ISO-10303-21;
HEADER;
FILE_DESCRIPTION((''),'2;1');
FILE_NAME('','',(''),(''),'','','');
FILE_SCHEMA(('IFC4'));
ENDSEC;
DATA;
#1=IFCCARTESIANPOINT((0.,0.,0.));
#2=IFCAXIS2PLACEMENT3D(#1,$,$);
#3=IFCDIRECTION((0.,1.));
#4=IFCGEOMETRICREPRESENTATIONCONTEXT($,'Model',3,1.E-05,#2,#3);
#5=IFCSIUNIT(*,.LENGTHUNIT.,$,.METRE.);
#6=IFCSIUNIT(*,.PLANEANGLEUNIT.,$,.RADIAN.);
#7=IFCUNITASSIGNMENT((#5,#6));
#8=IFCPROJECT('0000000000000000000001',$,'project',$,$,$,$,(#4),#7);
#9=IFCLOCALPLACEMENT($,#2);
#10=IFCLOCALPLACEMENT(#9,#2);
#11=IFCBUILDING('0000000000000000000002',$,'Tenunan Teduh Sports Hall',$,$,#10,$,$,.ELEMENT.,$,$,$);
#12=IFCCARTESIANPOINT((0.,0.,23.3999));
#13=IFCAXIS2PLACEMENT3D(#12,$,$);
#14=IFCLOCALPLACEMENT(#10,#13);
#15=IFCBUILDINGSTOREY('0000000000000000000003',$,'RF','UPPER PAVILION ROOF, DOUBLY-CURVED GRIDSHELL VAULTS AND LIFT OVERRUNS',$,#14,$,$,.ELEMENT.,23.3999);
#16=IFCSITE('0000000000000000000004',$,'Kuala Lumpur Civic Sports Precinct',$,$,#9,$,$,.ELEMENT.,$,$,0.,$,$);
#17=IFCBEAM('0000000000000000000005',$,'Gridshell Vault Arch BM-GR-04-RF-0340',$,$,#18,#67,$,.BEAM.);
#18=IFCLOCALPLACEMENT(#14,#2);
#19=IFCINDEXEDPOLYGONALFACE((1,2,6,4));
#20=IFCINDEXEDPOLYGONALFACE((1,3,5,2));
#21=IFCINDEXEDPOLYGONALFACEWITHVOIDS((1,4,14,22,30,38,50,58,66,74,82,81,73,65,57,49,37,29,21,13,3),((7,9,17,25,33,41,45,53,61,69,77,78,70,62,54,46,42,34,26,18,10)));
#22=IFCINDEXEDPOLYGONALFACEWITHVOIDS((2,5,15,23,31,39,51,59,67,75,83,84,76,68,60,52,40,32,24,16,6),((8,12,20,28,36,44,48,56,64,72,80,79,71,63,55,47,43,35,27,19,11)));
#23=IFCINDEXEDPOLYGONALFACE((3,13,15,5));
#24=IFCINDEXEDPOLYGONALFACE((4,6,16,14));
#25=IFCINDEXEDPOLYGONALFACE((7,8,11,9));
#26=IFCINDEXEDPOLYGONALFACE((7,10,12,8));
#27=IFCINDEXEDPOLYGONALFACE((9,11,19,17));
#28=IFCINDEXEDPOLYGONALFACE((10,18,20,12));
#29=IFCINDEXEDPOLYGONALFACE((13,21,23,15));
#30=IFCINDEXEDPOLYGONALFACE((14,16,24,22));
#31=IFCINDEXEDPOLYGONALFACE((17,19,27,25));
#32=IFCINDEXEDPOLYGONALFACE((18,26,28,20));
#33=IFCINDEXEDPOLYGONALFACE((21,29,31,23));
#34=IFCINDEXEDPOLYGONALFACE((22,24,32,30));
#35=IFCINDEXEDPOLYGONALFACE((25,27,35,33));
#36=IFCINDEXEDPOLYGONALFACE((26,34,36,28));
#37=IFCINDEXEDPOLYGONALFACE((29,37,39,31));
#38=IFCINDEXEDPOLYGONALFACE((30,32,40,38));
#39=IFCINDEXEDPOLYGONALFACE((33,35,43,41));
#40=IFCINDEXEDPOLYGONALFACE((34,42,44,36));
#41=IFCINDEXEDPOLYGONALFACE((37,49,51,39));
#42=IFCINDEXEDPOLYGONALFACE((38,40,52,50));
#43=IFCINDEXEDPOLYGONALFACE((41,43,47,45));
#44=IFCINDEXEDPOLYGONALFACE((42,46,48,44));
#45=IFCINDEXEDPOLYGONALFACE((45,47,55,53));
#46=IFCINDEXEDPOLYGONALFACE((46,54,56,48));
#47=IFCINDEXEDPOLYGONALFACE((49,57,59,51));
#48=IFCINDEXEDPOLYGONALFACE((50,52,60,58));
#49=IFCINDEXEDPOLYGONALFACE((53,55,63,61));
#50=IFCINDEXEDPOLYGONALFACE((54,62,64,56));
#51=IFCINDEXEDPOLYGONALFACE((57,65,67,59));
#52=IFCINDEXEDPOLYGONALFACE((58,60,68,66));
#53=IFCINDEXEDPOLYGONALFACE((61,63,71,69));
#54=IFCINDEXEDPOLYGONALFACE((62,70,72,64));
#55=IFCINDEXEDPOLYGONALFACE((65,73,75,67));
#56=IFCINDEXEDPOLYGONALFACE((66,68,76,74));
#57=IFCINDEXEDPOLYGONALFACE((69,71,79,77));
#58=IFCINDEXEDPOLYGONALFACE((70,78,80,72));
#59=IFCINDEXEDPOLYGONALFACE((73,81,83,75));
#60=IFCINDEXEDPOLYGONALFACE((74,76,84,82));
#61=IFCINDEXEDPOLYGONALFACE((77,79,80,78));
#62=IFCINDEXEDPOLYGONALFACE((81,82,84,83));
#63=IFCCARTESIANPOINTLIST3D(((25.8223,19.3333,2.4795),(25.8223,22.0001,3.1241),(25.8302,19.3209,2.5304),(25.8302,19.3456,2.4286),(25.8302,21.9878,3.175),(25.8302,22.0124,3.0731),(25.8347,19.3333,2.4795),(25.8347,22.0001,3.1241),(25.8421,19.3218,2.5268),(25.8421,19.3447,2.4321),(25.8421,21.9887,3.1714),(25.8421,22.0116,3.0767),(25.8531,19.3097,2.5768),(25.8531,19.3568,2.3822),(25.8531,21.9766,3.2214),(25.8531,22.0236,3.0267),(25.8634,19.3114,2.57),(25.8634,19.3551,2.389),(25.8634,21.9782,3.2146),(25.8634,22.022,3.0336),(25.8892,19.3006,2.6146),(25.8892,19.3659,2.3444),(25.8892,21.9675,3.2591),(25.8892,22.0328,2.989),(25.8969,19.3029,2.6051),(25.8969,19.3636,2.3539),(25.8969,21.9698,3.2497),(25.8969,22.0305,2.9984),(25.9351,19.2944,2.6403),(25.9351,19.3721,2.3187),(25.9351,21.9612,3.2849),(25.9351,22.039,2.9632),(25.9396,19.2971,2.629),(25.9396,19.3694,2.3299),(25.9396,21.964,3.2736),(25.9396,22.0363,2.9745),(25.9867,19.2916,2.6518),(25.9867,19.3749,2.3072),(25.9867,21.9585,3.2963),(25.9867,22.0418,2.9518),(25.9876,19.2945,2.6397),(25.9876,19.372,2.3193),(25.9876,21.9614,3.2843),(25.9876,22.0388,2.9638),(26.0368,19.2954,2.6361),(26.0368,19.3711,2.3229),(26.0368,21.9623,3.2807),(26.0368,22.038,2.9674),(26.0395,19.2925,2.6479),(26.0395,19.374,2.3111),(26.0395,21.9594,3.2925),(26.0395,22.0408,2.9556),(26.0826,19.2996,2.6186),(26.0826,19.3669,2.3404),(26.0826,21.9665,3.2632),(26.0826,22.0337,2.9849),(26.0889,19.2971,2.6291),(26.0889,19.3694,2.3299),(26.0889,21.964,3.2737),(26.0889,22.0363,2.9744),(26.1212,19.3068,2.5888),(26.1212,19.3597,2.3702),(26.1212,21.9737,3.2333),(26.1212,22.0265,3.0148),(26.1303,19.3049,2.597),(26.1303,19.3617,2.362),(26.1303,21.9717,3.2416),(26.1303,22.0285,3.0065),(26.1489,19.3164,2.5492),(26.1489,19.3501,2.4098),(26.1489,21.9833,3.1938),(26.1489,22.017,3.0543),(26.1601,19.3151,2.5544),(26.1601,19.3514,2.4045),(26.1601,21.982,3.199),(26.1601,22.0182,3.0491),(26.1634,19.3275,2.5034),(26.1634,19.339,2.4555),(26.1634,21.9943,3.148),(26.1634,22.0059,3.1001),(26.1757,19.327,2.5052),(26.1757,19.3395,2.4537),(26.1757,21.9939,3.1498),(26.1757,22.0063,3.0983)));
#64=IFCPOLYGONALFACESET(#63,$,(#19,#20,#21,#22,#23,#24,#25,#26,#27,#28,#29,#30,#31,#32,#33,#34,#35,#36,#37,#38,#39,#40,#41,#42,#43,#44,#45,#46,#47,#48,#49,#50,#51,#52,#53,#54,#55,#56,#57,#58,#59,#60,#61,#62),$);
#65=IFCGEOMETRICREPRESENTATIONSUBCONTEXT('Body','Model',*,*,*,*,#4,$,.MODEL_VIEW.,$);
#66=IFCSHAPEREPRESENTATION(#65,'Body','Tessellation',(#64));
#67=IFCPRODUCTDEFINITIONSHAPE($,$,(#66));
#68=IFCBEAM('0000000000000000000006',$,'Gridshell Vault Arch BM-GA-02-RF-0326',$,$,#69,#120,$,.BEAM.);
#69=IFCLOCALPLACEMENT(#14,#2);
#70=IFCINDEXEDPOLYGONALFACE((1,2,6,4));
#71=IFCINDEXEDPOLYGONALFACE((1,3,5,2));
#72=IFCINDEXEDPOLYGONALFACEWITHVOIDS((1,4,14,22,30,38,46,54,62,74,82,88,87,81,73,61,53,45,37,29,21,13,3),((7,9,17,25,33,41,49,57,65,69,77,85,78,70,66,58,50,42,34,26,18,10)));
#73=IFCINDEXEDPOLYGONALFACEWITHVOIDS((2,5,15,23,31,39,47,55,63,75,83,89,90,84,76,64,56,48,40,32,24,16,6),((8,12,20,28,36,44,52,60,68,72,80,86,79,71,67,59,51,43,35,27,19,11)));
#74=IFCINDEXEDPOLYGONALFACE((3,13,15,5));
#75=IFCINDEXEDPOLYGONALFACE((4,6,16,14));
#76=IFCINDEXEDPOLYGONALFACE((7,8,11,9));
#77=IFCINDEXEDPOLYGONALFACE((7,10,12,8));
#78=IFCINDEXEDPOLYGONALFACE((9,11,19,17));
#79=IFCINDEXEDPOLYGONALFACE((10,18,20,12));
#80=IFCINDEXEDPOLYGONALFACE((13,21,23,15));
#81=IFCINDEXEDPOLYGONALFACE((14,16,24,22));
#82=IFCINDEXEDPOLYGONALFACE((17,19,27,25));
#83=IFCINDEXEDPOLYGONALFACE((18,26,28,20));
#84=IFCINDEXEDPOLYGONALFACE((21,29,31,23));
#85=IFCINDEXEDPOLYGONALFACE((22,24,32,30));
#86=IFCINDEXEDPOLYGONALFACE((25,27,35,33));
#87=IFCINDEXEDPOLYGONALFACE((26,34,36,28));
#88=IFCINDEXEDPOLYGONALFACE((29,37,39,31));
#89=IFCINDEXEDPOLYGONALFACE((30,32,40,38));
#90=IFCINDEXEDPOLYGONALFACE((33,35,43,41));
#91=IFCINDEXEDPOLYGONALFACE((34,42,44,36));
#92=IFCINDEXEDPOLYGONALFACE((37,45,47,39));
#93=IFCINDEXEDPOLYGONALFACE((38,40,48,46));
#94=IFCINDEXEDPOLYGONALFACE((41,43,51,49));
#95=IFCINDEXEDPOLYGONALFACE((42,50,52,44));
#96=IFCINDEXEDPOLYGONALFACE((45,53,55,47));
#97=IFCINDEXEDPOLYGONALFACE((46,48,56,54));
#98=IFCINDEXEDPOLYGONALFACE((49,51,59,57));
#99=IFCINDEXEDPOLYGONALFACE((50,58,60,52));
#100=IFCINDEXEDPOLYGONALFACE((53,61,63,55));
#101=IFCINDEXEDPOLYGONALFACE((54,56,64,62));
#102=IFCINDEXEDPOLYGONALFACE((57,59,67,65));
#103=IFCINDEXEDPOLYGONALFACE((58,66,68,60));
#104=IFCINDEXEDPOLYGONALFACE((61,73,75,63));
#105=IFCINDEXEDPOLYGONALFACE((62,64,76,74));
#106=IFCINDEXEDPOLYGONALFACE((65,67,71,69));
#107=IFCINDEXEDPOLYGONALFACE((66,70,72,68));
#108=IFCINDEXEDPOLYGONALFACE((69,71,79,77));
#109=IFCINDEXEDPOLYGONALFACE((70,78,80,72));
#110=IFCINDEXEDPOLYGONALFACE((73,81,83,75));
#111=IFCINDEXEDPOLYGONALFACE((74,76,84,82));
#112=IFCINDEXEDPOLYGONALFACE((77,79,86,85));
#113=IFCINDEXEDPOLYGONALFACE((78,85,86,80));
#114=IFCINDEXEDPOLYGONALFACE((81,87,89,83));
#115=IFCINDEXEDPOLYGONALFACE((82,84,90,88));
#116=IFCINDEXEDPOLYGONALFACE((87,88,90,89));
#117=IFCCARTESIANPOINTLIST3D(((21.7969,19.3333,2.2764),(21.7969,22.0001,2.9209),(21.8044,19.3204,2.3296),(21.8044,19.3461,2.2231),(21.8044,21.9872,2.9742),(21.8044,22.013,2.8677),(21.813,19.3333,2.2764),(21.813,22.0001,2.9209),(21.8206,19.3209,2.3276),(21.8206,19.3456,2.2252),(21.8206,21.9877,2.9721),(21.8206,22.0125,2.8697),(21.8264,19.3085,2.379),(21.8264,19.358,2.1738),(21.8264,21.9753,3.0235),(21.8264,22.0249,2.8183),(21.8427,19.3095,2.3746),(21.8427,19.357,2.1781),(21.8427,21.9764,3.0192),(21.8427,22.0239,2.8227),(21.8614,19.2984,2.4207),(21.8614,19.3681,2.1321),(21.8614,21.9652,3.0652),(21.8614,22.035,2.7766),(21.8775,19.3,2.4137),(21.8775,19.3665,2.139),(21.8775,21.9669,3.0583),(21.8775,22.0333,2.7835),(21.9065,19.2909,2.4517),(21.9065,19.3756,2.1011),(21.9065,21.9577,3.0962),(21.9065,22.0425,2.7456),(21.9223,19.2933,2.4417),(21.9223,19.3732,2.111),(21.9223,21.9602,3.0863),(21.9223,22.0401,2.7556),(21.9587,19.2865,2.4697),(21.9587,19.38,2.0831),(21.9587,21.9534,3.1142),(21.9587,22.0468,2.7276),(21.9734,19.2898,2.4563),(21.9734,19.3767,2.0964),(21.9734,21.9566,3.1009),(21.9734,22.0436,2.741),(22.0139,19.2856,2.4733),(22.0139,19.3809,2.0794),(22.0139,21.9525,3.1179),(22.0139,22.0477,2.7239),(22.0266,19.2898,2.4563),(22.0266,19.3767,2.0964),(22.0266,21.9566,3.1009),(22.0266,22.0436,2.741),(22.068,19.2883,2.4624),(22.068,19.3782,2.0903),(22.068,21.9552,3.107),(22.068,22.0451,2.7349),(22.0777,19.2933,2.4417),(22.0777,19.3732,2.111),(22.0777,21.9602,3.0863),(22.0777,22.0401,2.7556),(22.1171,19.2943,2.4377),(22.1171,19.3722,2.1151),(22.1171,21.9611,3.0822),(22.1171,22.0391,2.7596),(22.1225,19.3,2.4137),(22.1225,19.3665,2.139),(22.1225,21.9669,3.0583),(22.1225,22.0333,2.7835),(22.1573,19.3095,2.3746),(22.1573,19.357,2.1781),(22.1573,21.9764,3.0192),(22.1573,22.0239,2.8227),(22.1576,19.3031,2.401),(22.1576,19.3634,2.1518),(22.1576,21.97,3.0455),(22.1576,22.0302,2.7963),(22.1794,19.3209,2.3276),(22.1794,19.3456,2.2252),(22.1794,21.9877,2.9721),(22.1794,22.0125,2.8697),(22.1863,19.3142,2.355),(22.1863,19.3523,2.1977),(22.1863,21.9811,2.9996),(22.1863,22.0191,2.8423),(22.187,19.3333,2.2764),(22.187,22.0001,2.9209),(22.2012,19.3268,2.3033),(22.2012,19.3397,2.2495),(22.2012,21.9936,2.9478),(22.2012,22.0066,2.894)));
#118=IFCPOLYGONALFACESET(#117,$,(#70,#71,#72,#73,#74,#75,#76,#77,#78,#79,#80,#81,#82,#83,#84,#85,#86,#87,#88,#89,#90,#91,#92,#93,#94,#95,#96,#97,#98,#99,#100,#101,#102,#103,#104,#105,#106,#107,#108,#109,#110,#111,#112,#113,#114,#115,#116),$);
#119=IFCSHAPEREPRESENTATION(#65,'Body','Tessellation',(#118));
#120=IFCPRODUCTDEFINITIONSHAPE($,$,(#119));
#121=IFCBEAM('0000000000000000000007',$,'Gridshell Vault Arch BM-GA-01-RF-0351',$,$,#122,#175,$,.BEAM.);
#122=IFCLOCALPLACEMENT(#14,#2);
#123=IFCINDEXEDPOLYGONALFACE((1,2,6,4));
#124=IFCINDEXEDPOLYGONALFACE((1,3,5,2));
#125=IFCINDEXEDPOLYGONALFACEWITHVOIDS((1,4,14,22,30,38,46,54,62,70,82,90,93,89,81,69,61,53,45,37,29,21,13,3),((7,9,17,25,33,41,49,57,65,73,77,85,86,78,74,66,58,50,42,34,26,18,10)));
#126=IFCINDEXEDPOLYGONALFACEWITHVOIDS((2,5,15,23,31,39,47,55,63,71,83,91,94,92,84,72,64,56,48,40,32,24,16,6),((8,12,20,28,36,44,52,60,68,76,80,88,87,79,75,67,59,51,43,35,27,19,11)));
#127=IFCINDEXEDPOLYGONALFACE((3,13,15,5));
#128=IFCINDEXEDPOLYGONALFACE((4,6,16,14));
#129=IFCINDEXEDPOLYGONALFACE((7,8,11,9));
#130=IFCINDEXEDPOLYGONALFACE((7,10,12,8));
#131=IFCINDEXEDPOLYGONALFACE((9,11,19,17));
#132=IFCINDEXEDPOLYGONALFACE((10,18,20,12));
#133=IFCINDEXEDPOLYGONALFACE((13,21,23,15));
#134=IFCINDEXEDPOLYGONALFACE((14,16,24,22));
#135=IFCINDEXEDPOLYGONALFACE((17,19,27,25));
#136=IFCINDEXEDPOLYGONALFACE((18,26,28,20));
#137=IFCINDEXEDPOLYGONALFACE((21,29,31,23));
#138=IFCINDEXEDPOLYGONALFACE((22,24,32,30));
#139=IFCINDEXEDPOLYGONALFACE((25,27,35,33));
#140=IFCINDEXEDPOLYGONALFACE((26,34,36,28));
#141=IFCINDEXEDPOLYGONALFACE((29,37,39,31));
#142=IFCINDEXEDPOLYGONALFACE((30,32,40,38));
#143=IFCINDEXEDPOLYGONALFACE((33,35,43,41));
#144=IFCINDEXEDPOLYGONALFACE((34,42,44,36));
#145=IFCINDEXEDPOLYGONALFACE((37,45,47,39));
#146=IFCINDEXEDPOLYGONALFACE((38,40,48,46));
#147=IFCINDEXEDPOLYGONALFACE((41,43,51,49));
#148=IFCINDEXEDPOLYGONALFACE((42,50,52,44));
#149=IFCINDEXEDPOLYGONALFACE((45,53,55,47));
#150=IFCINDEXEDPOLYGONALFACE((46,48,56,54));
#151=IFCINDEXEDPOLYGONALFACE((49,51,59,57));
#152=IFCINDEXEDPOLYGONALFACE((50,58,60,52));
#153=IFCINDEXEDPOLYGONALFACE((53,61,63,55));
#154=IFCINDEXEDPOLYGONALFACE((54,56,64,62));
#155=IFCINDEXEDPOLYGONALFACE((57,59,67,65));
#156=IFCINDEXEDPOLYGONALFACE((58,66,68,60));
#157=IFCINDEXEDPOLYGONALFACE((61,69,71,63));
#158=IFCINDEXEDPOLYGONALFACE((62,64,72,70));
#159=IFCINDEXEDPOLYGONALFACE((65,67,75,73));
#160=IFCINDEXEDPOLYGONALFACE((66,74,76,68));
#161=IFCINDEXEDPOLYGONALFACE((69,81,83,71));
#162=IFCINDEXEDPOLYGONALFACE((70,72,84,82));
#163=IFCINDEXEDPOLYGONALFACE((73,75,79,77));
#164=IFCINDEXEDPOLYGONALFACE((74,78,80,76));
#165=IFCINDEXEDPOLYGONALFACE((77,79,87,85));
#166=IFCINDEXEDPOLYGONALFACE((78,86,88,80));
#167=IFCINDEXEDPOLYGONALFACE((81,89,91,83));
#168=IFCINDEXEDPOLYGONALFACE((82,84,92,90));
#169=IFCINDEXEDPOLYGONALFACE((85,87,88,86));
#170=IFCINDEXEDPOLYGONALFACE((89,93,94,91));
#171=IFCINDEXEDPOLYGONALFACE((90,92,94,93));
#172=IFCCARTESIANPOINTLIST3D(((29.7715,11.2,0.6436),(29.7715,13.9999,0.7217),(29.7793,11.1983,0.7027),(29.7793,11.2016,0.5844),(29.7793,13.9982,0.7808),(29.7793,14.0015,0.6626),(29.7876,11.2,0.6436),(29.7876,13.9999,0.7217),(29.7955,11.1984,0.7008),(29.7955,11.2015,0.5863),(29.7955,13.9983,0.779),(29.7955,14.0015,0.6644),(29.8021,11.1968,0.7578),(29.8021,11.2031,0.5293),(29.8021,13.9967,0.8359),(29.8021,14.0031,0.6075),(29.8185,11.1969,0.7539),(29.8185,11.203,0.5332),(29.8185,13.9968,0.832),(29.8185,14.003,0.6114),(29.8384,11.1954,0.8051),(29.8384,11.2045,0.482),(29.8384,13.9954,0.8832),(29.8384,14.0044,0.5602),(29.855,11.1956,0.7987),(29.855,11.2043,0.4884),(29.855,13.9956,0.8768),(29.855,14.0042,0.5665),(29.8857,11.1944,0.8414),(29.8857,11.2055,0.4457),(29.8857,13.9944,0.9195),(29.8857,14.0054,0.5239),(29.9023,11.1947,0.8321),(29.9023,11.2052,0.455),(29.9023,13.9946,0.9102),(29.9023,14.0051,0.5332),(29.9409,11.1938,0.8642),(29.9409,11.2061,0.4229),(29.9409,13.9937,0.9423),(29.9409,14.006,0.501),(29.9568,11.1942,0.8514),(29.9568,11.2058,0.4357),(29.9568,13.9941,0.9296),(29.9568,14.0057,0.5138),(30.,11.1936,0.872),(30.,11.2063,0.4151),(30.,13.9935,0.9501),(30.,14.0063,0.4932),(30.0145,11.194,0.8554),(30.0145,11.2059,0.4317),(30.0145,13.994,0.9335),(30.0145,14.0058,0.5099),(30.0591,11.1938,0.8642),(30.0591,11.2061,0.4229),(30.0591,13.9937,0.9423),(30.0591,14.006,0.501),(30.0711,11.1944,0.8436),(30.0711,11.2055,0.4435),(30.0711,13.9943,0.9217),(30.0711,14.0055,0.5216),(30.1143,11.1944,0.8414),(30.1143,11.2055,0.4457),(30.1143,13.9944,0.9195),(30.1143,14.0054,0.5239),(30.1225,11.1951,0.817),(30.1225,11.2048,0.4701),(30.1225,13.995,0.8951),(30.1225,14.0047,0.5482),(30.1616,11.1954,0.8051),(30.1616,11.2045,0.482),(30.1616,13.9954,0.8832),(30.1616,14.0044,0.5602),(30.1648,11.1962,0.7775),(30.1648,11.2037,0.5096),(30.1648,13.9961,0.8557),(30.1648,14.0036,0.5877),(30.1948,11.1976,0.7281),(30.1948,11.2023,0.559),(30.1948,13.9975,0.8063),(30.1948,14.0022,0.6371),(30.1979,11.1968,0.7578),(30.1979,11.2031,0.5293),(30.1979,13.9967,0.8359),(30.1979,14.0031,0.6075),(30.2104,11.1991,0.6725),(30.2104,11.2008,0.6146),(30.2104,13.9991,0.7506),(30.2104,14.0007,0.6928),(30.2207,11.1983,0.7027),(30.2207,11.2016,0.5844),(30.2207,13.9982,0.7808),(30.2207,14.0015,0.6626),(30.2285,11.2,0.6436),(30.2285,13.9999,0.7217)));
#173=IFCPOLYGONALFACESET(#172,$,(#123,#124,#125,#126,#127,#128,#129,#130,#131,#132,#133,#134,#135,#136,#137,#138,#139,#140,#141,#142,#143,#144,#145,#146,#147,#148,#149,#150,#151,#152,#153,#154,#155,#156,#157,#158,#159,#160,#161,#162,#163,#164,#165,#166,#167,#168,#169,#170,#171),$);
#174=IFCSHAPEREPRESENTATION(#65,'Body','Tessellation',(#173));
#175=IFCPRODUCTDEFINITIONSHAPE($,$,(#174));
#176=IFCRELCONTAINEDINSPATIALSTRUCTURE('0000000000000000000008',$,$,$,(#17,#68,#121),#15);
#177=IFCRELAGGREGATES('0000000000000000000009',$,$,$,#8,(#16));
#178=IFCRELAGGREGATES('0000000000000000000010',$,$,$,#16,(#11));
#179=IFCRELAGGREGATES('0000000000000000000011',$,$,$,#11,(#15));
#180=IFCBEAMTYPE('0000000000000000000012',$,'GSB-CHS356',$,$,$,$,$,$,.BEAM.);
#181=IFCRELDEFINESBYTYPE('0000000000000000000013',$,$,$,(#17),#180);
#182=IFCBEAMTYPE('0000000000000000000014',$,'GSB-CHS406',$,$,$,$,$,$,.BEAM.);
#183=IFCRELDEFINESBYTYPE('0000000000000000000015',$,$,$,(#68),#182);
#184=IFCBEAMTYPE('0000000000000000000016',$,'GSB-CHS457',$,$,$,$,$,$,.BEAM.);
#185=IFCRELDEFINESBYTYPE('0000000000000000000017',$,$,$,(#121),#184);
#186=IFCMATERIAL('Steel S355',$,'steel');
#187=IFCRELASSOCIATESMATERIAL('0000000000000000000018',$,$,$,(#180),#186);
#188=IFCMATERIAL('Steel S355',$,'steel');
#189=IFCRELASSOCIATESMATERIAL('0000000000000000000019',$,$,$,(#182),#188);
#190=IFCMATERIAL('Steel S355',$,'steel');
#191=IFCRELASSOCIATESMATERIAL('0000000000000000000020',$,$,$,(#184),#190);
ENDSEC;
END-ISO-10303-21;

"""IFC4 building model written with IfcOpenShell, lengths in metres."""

from ifc_helpers import new_model, si_unit, direction, frame, origin, origin_2d, place, context, subcontext, project, spatial, hollow_circle, extrude, material, material_profile, profile_set, type_object, element, save


model = new_model("IFC4")

# Units and contexts
model_context = context("Model", 3, precision=1e-05, world=origin(), true_north=direction((0.0, 1.0)))
body_context = subcontext(model_context, "Body", "Model", "MODEL_VIEW")
ifc_project = project(units=[si_unit("LENGTHUNIT", "METRE"), si_unit("PLANEANGLEUNIT", "RADIAN")], contexts=[model_context])

# Site, building, storey
site_placement = place(None, origin())
site = spatial("IfcSite", under=ifc_project, at=site_placement, Name="Kuala Lumpur Civic Sports Precinct", CompositionType="ELEMENT", RefElevation=0.0)
building_placement = place(site_placement, origin())
building = spatial("IfcBuilding", under=site, at=building_placement, Name="Tenunan Teduh Sports Hall", CompositionType="ELEMENT")
storey_placement = place(building_placement, frame((0.0, 0.0, 23.3999)))
storey = spatial("IfcBuildingStorey", under=building, at=storey_placement, Name="RF", Description="UPPER PAVILION ROOF, DOUBLY-CURVED GRIDSHELL VAULTS AND LIFT OVERRUNS", CompositionType="ELEMENT", Elevation=23.3999)

# Beams
ifc_material_1 = material(Name="Steel S355", Category="steel")
ifc_material_profile_1 = material_profile(ifc_material_1, hollow_circle(Radius=0.1777, WallThickness=0.0125, at=origin_2d()), Name="CHS 355.6x12.5")
ifc_profile_set_1 = profile_set([ifc_material_profile_1], Name="Steel S355")
beam_type_1 = type_object("IfcBeamType", Name="GSB-CHS356", PredefinedType="BEAM", material=ifc_profile_set_1)
beam_1_placement = place(storey_placement, frame((26.0, 19.3333, 2.4795), z_axis=(0.0, 0.972013, 0.234928), x_axis=(-1.0, 0.0, 0.0)))
element("IfcBeam", 1, at=beam_1_placement, inside=storey, type_object=beam_type_1, Name="Gridshell Vault Arch BM-GR-04-RF-0340", PredefinedType="BEAM", context=body_context, shape_type="SweptSolid", body=[
    extrude(hollow_circle(Radius=0.1777, WallThickness=0.0125, at=origin_2d()), origin(), (0.0, 0.0, 1.0), 2.7437),
])
ifc_material_2 = material(Name="Steel S355", Category="steel")
ifc_material_profile_2 = material_profile(ifc_material_2, hollow_circle(Radius=0.2031, WallThickness=0.0161, at=origin_2d()), Name="CHS 406.4x16.0")
ifc_profile_set_2 = profile_set([ifc_material_profile_2], Name="Steel S355")
beam_type_2 = type_object("IfcBeamType", Name="GSB-CHS406", PredefinedType="BEAM", material=ifc_profile_set_2)
beam_2_placement = place(storey_placement, frame((22.0, 19.3333, 2.2764), z_axis=(0.0, 0.972013, 0.234928), x_axis=(-1.0, 0.0, 0.0)))
element("IfcBeam", 2, at=beam_2_placement, inside=storey, type_object=beam_type_2, Name="Gridshell Vault Arch BM-GA-02-RF-0326", PredefinedType="BEAM", context=body_context, shape_type="SweptSolid", body=[
    extrude(hollow_circle(Radius=0.2031, WallThickness=0.0161, at=origin_2d()), origin(), (0.0, 0.0, 1.0), 2.7437),
])
ifc_material_3 = material(Name="Steel S355", Category="steel")
ifc_material_profile_3 = material_profile(ifc_material_3, hollow_circle(Radius=0.2285, WallThickness=0.0161, at=origin_2d()), Name="CHS 457.0x16.0")
ifc_profile_set_3 = profile_set([ifc_material_profile_3], Name="Steel S355")
beam_type_3 = type_object("IfcBeamType", Name="GSB-CHS457", PredefinedType="BEAM", material=ifc_profile_set_3)
beam_3_placement = place(storey_placement, frame((30.0, 11.2, 0.6436), z_axis=(0.0, 0.999611, 0.02789), x_axis=(-1.0, 0.0, 0.0)))
element("IfcBeam", 3, at=beam_3_placement, inside=storey, type_object=beam_type_3, Name="Gridshell Vault Arch BM-GA-01-RF-0351", PredefinedType="BEAM", context=body_context, shape_type="SweptSolid", body=[
    extrude(hollow_circle(Radius=0.2285, WallThickness=0.0161, at=origin_2d()), origin(), (0.0, 0.0, 1.0), 2.801),
])

save(model, "model.ifc")
